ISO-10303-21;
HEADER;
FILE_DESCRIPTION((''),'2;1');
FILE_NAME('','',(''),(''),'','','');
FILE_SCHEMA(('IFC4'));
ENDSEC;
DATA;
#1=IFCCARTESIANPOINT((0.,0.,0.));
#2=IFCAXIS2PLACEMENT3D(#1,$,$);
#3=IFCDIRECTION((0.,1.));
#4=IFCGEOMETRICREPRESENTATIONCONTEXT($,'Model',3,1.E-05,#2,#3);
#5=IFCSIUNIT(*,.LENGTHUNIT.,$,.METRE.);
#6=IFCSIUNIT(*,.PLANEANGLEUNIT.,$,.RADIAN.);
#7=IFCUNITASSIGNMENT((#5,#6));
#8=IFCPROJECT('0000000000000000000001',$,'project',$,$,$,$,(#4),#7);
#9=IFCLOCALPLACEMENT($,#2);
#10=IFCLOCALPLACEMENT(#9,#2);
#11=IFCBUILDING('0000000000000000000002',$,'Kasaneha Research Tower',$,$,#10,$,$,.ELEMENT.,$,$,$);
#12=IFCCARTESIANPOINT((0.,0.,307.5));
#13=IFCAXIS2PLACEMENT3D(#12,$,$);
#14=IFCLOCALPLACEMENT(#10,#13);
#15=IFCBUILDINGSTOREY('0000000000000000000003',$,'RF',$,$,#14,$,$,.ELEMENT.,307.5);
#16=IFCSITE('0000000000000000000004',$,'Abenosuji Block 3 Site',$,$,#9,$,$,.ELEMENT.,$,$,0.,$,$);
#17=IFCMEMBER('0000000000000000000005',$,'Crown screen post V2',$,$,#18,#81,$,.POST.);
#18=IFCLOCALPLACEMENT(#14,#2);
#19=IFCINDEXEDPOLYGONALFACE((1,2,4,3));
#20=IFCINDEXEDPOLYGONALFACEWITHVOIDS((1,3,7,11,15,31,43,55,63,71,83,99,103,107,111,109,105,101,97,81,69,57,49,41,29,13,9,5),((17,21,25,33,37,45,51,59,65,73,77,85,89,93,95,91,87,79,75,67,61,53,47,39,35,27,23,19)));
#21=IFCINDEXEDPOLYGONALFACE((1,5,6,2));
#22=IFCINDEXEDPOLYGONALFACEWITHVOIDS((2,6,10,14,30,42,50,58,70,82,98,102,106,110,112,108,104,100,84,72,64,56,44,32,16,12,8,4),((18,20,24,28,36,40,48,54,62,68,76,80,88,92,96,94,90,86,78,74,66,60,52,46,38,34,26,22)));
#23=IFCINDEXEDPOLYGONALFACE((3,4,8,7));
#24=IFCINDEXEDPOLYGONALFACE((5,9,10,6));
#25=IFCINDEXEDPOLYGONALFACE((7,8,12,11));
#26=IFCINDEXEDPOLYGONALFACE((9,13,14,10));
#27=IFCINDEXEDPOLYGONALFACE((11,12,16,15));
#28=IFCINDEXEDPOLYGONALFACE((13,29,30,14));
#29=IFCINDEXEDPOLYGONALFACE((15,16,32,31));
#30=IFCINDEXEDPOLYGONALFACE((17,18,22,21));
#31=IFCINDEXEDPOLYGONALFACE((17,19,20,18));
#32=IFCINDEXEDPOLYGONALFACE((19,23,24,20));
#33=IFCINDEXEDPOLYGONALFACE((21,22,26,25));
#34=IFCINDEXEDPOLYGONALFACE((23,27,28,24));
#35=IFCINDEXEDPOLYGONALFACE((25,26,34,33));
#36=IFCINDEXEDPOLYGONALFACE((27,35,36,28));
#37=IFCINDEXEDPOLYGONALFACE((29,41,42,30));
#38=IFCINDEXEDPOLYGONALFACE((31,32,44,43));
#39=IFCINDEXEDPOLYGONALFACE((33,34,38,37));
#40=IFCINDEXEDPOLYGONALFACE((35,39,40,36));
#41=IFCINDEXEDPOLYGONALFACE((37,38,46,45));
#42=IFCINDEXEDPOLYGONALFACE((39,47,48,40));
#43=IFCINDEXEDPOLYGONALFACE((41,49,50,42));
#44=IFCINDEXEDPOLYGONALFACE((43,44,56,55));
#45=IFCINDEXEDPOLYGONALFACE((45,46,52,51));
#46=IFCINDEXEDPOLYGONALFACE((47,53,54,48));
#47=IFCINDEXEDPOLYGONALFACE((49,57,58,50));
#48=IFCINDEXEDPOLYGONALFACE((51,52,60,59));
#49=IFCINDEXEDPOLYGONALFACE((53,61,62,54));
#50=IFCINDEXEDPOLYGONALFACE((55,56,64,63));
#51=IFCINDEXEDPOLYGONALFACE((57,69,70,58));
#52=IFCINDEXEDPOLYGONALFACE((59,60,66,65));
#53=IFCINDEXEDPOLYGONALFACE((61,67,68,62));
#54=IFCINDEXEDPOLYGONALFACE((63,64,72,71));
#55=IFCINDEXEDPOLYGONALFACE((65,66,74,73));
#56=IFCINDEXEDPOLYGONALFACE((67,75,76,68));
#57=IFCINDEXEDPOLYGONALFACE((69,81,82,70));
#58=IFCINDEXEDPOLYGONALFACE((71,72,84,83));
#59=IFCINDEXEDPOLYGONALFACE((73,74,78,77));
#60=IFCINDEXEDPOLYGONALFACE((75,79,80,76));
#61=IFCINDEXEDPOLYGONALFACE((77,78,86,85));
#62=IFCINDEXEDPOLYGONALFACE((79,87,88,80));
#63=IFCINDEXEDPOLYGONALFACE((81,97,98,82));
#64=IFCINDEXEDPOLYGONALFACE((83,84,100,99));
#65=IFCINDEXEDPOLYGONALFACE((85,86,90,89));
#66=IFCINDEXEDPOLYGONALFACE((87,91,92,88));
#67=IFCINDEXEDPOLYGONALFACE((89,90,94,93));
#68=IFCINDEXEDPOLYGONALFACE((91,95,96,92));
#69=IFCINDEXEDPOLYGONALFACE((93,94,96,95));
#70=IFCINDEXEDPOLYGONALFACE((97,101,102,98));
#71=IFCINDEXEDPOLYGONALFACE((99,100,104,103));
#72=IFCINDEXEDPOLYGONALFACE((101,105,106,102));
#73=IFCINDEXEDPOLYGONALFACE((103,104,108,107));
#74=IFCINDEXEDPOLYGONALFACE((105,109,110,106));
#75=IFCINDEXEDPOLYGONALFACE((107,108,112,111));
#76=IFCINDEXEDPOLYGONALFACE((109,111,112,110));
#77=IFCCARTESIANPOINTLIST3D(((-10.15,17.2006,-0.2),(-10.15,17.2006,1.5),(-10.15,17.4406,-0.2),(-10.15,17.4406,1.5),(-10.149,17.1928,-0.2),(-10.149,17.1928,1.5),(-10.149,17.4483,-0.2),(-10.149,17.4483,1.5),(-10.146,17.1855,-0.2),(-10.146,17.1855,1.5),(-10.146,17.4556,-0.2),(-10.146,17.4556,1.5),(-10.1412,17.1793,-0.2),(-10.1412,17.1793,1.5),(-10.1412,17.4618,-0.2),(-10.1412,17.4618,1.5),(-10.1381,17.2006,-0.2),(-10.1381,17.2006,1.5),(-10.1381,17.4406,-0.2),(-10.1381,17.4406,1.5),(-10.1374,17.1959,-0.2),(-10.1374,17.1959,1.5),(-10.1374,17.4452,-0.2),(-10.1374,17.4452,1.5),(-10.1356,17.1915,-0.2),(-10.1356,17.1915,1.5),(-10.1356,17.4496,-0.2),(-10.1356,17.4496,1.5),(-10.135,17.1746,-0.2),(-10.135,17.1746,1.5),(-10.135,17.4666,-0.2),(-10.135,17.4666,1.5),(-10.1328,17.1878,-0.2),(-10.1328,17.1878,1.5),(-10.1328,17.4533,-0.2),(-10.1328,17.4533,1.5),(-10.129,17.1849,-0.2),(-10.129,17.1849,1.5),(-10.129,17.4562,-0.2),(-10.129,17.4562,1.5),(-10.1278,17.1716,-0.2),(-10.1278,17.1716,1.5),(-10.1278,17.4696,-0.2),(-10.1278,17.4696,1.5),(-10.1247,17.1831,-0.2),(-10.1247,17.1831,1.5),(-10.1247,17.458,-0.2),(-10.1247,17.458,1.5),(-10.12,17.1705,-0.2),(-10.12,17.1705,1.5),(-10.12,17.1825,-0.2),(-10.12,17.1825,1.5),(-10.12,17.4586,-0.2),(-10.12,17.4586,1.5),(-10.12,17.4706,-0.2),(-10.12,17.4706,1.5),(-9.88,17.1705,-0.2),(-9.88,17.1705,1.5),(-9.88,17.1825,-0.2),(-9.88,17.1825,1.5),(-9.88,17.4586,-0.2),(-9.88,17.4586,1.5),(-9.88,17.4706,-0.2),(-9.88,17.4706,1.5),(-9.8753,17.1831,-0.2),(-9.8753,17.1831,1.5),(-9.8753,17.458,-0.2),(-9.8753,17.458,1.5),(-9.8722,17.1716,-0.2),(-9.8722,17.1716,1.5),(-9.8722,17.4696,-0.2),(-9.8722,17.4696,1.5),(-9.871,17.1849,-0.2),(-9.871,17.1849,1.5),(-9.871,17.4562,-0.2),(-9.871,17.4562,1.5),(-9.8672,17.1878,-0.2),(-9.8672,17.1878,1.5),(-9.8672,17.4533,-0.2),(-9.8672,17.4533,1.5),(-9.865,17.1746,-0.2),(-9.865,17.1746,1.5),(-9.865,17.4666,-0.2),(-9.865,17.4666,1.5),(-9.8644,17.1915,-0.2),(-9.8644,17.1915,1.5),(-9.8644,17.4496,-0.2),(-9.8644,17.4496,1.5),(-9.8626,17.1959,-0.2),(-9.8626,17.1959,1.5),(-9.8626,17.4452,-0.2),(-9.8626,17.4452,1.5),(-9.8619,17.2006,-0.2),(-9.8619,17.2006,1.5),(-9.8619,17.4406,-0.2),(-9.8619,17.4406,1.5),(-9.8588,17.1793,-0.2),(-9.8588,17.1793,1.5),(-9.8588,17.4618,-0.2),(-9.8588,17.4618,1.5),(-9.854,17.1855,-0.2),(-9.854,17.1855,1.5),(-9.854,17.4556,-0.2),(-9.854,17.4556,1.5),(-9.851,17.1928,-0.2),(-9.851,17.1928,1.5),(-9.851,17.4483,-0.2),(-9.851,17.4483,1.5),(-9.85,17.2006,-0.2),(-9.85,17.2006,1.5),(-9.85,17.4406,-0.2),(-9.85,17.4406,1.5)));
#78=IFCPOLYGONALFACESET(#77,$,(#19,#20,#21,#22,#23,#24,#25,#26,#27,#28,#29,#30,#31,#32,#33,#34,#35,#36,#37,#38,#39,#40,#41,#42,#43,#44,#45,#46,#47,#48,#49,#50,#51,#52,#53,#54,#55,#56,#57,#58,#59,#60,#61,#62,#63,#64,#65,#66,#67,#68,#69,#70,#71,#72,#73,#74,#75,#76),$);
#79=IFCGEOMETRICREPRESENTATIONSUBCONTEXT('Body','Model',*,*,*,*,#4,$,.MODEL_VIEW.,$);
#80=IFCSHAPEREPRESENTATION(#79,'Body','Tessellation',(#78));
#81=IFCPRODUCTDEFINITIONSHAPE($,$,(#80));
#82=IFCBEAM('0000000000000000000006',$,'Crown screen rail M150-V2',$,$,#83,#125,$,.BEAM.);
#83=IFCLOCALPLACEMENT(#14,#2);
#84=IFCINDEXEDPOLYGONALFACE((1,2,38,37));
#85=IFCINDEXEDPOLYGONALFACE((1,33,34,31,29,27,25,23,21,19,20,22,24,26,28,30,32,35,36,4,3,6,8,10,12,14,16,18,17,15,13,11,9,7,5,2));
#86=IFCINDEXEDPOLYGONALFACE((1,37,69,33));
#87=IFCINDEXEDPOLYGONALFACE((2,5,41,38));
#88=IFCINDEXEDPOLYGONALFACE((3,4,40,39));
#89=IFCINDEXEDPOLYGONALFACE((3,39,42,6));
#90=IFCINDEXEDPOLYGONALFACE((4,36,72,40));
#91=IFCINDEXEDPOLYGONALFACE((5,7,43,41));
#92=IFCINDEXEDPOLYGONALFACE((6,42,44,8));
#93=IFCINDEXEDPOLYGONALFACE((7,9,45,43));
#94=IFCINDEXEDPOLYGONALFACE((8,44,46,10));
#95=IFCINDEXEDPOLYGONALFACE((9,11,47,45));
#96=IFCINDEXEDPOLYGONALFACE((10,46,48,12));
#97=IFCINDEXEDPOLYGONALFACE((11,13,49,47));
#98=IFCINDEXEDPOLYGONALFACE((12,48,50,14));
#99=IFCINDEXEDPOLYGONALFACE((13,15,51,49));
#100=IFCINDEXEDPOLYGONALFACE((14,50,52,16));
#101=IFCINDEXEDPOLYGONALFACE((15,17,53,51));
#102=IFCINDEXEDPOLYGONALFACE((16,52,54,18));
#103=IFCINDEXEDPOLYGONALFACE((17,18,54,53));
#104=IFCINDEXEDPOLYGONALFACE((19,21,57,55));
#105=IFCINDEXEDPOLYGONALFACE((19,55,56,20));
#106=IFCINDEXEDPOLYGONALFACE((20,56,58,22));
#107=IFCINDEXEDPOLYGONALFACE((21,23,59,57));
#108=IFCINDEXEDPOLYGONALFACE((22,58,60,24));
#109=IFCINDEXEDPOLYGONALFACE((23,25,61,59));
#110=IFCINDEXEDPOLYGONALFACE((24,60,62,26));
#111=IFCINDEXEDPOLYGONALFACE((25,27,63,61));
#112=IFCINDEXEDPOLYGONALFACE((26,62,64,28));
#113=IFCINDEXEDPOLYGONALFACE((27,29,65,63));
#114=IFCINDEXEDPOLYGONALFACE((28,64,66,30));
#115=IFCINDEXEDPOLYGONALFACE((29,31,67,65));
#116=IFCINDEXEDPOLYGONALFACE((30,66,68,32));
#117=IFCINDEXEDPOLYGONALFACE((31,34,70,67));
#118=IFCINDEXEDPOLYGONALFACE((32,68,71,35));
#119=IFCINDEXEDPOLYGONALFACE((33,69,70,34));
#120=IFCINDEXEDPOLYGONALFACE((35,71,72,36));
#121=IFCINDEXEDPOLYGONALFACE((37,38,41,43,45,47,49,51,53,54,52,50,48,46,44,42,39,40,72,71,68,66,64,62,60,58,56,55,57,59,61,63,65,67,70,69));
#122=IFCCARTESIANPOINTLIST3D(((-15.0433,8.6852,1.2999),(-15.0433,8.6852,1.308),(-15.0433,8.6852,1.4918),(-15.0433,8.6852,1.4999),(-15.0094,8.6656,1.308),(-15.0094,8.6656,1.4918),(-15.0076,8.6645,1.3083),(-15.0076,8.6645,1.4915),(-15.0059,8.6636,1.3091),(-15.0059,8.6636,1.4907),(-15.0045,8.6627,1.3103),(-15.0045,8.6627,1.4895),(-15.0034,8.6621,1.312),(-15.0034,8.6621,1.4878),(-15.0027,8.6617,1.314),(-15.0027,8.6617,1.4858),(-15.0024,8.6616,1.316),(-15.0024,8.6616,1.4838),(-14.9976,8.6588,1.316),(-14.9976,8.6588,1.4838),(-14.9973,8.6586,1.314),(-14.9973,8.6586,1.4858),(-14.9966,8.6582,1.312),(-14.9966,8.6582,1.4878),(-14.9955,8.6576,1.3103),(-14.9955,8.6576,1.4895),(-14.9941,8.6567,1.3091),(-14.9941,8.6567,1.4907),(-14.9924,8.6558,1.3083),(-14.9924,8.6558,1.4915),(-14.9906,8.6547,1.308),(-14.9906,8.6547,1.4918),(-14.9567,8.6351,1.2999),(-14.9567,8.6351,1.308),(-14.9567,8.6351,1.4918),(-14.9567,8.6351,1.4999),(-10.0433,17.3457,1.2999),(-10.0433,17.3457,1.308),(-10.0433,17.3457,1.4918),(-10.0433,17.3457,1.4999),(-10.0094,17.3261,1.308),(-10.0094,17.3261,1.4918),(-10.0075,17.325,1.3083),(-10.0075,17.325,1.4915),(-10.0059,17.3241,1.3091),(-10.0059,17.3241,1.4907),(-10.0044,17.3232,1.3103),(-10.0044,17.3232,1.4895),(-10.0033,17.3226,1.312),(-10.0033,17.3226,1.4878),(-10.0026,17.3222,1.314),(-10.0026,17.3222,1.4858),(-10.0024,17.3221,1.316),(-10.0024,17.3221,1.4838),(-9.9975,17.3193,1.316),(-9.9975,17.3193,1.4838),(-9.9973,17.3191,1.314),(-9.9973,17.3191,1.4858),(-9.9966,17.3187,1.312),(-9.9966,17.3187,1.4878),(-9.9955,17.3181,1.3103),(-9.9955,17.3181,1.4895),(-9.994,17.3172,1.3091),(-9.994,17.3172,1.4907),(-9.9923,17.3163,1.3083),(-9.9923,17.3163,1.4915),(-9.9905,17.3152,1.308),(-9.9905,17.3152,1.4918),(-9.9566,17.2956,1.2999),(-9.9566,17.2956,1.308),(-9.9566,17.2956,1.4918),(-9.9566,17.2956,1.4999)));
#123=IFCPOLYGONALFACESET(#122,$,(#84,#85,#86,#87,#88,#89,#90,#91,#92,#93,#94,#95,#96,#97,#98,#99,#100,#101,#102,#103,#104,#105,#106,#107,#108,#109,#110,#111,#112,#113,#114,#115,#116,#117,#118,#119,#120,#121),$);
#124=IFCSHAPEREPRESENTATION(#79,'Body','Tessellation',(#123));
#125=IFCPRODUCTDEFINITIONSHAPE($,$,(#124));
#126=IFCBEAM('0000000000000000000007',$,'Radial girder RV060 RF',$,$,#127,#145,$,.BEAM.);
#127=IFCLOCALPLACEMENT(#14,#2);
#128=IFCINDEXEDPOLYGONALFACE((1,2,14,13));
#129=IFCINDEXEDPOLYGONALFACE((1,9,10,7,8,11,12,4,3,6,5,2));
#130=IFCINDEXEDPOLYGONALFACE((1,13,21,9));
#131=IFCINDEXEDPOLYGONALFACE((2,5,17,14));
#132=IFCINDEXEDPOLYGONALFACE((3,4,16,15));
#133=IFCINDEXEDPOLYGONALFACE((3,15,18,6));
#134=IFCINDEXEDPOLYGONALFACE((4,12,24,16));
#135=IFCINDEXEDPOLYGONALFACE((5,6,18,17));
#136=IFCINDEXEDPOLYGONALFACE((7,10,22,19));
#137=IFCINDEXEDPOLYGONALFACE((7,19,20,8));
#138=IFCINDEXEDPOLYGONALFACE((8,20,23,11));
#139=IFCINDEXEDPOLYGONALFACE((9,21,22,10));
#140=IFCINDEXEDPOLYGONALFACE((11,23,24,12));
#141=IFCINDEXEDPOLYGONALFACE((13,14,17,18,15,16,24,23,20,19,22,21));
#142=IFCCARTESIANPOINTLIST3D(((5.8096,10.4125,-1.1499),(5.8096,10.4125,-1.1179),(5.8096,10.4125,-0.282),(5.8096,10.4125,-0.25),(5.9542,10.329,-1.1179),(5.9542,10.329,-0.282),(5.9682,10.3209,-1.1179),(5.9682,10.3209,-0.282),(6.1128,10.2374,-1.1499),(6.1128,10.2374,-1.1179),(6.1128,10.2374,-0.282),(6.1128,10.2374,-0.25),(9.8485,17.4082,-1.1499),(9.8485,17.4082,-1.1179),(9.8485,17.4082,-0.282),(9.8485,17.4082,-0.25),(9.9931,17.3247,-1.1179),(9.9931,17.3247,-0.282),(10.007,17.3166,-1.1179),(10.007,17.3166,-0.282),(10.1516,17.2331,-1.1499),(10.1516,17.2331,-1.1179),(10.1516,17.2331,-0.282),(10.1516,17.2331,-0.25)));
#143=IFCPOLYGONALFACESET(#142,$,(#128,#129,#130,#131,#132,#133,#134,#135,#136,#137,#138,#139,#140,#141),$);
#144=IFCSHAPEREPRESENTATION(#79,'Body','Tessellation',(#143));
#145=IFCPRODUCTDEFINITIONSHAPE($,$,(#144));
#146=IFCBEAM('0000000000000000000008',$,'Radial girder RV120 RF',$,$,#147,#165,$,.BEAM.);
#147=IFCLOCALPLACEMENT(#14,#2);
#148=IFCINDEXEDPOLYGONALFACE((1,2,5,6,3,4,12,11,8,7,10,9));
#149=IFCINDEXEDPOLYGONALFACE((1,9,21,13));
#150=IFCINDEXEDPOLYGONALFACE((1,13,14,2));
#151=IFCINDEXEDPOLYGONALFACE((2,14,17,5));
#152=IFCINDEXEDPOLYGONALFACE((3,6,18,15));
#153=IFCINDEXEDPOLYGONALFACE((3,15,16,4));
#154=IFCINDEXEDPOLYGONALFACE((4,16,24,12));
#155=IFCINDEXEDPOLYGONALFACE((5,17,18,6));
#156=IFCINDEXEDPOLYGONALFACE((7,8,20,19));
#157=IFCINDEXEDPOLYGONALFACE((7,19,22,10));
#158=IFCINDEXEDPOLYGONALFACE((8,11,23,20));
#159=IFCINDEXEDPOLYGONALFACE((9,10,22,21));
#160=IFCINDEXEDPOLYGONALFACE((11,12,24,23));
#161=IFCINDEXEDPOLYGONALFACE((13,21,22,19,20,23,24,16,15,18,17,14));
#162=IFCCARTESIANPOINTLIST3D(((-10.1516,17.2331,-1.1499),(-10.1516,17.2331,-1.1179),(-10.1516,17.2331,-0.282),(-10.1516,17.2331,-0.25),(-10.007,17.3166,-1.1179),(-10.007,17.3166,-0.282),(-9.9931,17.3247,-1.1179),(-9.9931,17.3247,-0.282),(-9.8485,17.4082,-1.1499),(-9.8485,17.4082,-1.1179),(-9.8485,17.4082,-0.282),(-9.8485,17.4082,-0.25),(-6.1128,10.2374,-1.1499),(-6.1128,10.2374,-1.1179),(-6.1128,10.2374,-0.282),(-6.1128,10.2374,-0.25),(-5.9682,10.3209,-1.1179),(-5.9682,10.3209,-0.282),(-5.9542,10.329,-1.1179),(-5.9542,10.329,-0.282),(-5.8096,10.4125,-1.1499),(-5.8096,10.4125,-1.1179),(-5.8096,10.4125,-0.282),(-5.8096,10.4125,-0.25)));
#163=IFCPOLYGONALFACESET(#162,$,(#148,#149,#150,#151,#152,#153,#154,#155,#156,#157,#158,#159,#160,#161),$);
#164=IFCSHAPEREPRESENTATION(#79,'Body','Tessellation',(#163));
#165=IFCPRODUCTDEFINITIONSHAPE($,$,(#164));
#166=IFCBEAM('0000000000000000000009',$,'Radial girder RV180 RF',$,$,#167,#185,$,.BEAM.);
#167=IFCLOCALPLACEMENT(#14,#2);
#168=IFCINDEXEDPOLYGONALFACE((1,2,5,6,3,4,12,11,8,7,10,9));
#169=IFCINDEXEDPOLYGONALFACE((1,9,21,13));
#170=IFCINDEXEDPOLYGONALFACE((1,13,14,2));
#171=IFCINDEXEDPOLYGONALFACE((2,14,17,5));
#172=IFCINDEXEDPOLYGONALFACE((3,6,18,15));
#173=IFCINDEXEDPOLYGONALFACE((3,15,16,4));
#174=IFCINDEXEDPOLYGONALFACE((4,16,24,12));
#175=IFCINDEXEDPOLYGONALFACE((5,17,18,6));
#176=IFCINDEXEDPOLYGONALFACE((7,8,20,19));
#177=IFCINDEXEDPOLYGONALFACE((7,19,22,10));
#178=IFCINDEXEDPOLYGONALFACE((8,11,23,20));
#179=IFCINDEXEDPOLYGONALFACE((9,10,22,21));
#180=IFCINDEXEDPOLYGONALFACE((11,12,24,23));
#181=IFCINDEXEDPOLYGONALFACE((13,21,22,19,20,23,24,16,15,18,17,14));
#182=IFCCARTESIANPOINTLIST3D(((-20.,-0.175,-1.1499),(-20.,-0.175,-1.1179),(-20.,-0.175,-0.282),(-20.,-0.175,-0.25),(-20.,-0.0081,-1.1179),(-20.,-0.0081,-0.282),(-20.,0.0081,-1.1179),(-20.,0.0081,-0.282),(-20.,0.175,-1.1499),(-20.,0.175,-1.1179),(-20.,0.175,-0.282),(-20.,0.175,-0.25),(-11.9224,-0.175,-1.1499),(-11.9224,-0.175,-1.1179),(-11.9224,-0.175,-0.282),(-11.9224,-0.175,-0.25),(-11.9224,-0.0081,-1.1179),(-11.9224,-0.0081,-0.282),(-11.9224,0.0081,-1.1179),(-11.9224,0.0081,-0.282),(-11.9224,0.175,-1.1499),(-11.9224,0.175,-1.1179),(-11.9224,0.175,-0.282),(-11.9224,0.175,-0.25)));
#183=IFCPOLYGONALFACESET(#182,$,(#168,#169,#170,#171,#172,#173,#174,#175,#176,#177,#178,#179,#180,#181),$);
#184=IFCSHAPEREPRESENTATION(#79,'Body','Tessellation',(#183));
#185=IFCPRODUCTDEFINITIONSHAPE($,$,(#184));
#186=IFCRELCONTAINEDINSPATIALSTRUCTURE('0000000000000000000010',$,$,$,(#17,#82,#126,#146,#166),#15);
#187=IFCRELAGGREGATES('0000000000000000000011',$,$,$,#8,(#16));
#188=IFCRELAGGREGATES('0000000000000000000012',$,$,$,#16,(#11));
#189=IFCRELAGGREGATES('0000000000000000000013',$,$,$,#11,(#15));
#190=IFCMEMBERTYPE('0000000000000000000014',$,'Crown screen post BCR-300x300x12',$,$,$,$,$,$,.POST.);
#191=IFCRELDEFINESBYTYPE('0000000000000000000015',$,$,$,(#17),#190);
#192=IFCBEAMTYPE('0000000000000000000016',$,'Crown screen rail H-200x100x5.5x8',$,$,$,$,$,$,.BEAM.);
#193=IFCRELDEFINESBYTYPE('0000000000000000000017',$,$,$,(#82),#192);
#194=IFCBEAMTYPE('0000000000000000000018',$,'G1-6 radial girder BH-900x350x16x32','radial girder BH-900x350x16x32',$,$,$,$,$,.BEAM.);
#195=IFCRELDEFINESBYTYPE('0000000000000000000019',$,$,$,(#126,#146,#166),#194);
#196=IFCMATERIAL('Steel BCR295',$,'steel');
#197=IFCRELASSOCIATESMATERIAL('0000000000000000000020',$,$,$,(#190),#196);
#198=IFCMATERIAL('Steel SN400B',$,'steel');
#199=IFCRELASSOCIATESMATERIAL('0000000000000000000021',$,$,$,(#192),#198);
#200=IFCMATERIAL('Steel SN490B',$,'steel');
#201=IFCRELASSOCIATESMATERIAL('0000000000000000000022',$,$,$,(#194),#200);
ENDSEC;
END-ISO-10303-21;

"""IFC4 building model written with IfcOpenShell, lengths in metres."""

from ifc_helpers import new_model, si_unit, direction, frame, origin, origin_2d, place, context, subcontext, project, spatial, hollow_rectangle, i_section, extrude, material, material_profile, profile_set, type_object, element, save


model = new_model("IFC4")

# Units and contexts
model_context = context("Model", 3, precision=1e-05, world=origin(), true_north=direction((0.0, 1.0)))
body_context = subcontext(model_context, "Body", "Model", "MODEL_VIEW")
ifc_project = project(units=[si_unit("LENGTHUNIT", "METRE"), si_unit("PLANEANGLEUNIT", "RADIAN")], contexts=[model_context])

# Site, building, storey
site_placement = place(None, origin())
site = spatial("IfcSite", under=ifc_project, at=site_placement, Name="Abenosuji Block 3 Site", CompositionType="ELEMENT", RefElevation=0.0)
building_placement = place(site_placement, origin())
building = spatial("IfcBuilding", under=site, at=building_placement, Name="Kasaneha Research Tower", CompositionType="ELEMENT")
storey_placement = place(building_placement, frame((0.0, 0.0, 307.5)))
storey = spatial("IfcBuildingStorey", under=building, at=storey_placement, Name="RF", CompositionType="ELEMENT", Elevation=307.5)

# Member
ifc_material_1 = material(Name="Steel BCR295", Category="steel")
ifc_material_profile_1 = material_profile(ifc_material_1, hollow_rectangle(XDim=0.3, YDim=0.3, WallThickness=0.012, InnerFilletRadius=0.0181, OuterFilletRadius=0.03, at=origin_2d()), Name="BCR-300x300x12")
ifc_profile_set_1 = profile_set([ifc_material_profile_1], Name="Steel BCR295")
member_type = type_object("IfcMemberType", Name="Crown screen post BCR-300x300x12", PredefinedType="POST", material=ifc_profile_set_1)
for number, where, z_axis, x_axis, name in (
    (1, (-10.0, 17.3206, -0.2), (0.0, 0.0, 1.0), (1.0, 0.0, 0.0), "Crown screen post V2"),
):
    element("IfcMember", number, at=place(storey_placement, frame(where, z_axis=z_axis, x_axis=x_axis)), inside=storey, type_object=member_type, Name=name, PredefinedType="POST", context=body_context, shape_type="SweptSolid", body=[
        extrude(hollow_rectangle(XDim=0.3, YDim=0.3, WallThickness=0.012, InnerFilletRadius=0.0181, OuterFilletRadius=0.03, at=origin_2d()), origin(), (0.0, 0.0, 1.0), 1.7),
    ])

# Beams
ifc_material_2 = material(Name="Steel SN400B", Category="steel")
ifc_material_profile_2 = material_profile(ifc_material_2, i_section(OverallWidth=0.1001, OverallDepth=0.2, WebThickness=0.0056, FlangeThickness=0.0081, FilletRadius=0.0081, at=origin_2d()), Name="H-200x100x5.5x8")
ifc_profile_set_2 = profile_set([ifc_material_profile_2], Name="Steel SN400B")
beam_type_1 = type_object("IfcBeamType", Name="Crown screen rail H-200x100x5.5x8", PredefinedType="BEAM", material=ifc_profile_set_2)
beam_1_placement = place(storey_placement, frame((-15.0, 8.6602, 1.3999), z_axis=(0.499994, 0.866029, 0.0), x_axis=(-0.866029, 0.499994, 0.0)))
element("IfcBeam", 2, at=beam_1_placement, inside=storey, type_object=beam_type_1, Name="Crown screen rail M150-V2", PredefinedType="BEAM", context=body_context, shape_type="SweptSolid", body=[
    extrude(i_section(OverallWidth=0.1001, OverallDepth=0.2, WebThickness=0.0056, FlangeThickness=0.0081, FilletRadius=0.0081, at=origin_2d()), origin(), (0.0, 0.0, 1.0), 10.0002),
])
ifc_material_3 = material(Name="Steel SN490B", Category="steel")
ifc_material_profile_3 = material_profile(ifc_material_3, i_section(OverallWidth=0.3501, OverallDepth=0.8999, WebThickness=0.0161, FlangeThickness=0.032, at=origin_2d()), Name="BH-900x350x16x32")
ifc_profile_set_3 = profile_set([ifc_material_profile_3], Name="Steel SN490B")
beam_type_2 = type_object("IfcBeamType", Name="G1-6 radial girder BH-900x350x16x32", Description="radial girder BH-900x350x16x32", PredefinedType="BEAM", material=ifc_profile_set_3)
for number, where, z_axis, x_axis, name in (
    (3, (5.9612, 10.325, -0.7), (0.499991, 0.866031, 0.0), (-0.866031, 0.499991, 0.0), "Radial girder RV060 RF"),
    (4, (-5.9612, 10.325, -0.7), (-0.499991, 0.866031, 0.0), (-0.866031, -0.499991, 0.0), "Radial girder RV120 RF"),
):
    element("IfcBeam", number, at=place(storey_placement, frame(where, z_axis=z_axis, x_axis=x_axis)), inside=storey, type_object=beam_type_2, Name=name, PredefinedType="BEAM", context=body_context, shape_type="SweptSolid", body=[
        extrude(i_section(OverallWidth=0.3501, OverallDepth=0.8999, WebThickness=0.0161, FlangeThickness=0.032, at=origin_2d()), origin(), (0.0, 0.0, 1.0), 8.0779),
    ])
beam_2_placement = place(storey_placement, frame((-11.9224, 0.0, -0.7), z_axis=(-1.0, 0.0, 0.0), x_axis=(0.0, -1.0, 0.0)))
element("IfcBeam", 5, at=beam_2_placement, inside=storey, type_object=beam_type_2, Name="Radial girder RV180 RF", PredefinedType="BEAM", context=body_context, shape_type="SweptSolid", body=[
    extrude(i_section(OverallWidth=0.3501, OverallDepth=0.8999, WebThickness=0.0161, FlangeThickness=0.032, at=origin_2d()), origin(), (0.0, 0.0, 1.0), 8.0776),
])

save(model, "model.ifc")
